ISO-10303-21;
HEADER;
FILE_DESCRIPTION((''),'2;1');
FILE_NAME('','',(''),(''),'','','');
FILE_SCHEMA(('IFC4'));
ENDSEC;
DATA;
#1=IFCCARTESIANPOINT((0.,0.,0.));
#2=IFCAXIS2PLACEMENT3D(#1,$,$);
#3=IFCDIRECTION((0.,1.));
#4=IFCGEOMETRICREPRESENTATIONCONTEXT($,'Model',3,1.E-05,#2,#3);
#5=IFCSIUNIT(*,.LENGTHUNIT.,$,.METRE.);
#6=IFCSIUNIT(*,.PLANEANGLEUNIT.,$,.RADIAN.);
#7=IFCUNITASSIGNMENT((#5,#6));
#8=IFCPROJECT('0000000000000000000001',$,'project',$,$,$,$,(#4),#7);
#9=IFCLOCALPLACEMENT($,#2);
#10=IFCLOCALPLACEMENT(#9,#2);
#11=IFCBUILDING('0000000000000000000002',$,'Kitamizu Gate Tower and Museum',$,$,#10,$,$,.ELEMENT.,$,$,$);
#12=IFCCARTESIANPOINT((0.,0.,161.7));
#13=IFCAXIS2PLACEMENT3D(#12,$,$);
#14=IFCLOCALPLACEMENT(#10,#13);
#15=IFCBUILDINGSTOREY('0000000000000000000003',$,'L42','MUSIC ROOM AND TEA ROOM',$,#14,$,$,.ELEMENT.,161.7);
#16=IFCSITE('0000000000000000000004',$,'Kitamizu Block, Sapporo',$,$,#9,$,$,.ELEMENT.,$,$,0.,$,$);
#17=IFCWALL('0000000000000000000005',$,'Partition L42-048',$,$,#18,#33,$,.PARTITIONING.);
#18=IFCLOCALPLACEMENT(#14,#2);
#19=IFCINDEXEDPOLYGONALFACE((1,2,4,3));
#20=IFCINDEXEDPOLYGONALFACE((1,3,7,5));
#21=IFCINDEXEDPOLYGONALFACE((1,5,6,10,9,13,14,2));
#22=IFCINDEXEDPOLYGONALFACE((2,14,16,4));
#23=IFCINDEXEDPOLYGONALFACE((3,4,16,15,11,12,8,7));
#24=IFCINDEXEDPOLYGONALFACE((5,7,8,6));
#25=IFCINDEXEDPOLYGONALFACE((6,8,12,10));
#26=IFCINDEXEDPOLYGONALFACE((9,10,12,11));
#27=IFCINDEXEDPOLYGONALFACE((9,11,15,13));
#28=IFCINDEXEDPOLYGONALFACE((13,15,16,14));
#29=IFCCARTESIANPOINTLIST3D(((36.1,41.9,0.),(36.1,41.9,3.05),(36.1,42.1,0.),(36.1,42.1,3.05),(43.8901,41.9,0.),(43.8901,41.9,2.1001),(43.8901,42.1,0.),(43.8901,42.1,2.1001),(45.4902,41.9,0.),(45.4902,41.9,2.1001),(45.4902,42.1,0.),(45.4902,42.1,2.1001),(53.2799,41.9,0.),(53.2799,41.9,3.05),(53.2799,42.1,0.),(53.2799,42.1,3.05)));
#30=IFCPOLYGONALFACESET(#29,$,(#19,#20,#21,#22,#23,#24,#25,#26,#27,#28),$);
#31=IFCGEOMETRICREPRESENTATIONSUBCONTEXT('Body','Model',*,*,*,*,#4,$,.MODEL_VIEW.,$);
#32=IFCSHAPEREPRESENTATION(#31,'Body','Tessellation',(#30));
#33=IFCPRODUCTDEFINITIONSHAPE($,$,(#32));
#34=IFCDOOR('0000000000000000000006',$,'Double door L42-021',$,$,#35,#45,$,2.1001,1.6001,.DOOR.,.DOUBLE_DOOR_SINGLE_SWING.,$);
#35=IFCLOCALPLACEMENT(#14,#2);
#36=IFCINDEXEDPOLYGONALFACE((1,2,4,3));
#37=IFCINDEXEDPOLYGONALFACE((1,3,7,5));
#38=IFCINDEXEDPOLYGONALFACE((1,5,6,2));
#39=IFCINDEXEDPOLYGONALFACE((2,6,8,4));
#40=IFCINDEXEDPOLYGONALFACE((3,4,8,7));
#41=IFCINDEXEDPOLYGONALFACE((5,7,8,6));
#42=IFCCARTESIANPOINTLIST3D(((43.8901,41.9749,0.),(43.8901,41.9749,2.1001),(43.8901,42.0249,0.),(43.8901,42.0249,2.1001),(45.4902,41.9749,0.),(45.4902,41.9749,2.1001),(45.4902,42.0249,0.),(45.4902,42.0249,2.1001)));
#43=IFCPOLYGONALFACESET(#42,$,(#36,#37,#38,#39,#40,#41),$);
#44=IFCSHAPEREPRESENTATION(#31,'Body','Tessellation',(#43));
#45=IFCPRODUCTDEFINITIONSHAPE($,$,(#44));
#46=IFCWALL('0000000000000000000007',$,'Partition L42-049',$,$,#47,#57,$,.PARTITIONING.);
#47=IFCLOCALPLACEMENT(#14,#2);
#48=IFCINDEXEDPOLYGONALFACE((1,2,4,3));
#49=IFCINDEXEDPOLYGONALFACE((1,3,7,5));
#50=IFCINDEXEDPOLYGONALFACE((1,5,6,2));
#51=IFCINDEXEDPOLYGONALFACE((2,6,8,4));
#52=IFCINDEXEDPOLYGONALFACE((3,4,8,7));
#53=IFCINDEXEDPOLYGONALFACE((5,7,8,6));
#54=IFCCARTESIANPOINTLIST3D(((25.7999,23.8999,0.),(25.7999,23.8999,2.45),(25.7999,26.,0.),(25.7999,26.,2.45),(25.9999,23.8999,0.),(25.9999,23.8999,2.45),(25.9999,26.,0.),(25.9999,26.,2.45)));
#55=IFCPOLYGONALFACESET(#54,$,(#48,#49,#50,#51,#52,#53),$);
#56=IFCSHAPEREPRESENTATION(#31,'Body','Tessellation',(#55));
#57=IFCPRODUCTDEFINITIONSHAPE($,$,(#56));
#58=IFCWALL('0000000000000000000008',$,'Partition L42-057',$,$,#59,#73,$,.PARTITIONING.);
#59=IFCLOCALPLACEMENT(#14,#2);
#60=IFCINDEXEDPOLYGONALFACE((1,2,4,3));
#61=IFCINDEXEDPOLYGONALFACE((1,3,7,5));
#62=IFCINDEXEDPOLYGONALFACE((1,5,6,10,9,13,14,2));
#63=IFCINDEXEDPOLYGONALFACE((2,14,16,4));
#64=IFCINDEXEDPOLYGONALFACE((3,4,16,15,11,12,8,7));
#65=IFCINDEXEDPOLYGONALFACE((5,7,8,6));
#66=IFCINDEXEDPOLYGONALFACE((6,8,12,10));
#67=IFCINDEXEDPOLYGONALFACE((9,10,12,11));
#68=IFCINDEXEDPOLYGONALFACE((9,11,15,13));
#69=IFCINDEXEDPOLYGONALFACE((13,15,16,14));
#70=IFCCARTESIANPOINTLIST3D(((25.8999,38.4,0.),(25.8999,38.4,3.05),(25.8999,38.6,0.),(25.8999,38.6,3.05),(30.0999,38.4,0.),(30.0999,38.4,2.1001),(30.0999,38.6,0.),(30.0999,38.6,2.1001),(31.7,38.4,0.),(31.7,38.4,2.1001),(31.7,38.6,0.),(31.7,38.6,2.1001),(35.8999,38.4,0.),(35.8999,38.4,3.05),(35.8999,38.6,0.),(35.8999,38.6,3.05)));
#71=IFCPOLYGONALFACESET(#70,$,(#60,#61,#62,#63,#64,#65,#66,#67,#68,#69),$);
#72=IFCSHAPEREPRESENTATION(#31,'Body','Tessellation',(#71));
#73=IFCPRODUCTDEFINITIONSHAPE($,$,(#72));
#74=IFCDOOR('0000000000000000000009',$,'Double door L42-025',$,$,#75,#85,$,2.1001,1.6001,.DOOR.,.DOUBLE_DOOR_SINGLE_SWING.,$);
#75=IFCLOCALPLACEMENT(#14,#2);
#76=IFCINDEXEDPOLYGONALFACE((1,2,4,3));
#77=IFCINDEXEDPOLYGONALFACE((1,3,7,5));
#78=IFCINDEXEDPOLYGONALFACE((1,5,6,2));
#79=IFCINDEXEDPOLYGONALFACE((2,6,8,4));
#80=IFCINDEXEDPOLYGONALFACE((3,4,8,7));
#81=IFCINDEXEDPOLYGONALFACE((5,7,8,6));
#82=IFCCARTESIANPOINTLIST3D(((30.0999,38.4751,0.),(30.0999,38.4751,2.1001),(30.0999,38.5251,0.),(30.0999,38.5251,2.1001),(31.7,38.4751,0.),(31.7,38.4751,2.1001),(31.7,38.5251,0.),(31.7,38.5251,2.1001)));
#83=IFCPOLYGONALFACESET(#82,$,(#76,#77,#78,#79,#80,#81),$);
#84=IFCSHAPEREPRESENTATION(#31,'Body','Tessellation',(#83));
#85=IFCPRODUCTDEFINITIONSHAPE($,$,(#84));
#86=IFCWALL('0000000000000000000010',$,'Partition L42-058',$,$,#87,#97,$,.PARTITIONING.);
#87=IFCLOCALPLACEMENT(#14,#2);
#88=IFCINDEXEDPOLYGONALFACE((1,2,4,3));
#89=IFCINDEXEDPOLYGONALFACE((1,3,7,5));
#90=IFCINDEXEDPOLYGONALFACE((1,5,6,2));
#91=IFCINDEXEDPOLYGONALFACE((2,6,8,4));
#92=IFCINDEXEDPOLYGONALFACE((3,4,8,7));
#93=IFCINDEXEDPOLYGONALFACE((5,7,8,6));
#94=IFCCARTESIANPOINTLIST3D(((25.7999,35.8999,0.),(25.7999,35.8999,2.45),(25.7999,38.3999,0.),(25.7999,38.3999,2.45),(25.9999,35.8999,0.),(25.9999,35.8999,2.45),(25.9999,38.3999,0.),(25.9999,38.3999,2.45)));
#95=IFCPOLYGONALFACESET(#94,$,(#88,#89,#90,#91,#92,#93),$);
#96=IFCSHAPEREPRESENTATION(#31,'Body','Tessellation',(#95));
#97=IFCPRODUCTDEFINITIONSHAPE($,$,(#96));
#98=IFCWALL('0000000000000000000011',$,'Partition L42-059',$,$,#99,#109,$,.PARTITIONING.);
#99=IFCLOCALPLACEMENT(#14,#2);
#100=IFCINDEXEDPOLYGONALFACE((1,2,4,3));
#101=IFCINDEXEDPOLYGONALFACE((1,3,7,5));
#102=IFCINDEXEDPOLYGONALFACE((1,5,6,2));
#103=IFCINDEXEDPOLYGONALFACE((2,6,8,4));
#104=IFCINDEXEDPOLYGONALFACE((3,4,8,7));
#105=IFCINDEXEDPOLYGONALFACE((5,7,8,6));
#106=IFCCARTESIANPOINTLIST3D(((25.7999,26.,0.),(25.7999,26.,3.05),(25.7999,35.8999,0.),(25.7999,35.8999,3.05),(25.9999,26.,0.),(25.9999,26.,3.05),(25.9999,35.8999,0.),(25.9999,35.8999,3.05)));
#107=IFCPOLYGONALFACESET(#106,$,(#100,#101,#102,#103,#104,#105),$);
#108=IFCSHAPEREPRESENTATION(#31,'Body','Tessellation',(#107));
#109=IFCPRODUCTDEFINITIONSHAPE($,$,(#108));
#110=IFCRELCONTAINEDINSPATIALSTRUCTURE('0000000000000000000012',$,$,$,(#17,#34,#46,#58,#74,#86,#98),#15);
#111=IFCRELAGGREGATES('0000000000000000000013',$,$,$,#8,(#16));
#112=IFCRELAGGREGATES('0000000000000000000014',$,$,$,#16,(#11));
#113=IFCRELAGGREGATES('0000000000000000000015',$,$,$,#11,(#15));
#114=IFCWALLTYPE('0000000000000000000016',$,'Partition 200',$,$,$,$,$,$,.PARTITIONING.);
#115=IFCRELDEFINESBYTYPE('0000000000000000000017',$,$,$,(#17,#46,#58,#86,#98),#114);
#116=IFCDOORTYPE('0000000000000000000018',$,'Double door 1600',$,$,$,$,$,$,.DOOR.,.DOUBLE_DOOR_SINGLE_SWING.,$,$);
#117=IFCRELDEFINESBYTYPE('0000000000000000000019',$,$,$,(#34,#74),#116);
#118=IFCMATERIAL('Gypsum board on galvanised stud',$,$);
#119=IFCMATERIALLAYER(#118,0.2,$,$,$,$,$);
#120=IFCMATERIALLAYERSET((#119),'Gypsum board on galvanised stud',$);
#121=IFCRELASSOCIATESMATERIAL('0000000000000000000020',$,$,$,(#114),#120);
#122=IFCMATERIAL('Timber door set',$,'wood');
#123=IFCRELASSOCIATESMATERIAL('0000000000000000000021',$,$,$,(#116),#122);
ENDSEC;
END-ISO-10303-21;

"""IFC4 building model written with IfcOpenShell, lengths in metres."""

from ifc_helpers import new_model, si_unit, direction, frame, frame_2d, origin, place, context, subcontext, project, spatial, rectangle, extrude, material, layer, layer_set, type_object, element, fill, save


model = new_model("IFC4")

# Units and contexts
model_context = context("Model", 3, precision=1e-05, world=origin(), true_north=direction((0.0, 1.0)))
body_context = subcontext(model_context, "Body", "Model", "MODEL_VIEW")
ifc_project = project(units=[si_unit("LENGTHUNIT", "METRE"), si_unit("PLANEANGLEUNIT", "RADIAN")], contexts=[model_context])

# Site, building, storey
site_placement = place(None, origin())
site = spatial("IfcSite", under=ifc_project, at=site_placement, Name="Kitamizu Block, Sapporo", CompositionType="ELEMENT", RefElevation=0.0)
building_placement = place(site_placement, origin())
building = spatial("IfcBuilding", under=site, at=building_placement, Name="Kitamizu Gate Tower and Museum", CompositionType="ELEMENT")
storey_placement = place(building_placement, frame((0.0, 0.0, 161.7)))
storey = spatial("IfcBuildingStorey", under=building, at=storey_placement, Name="L42", Description="MUSIC ROOM AND TEA ROOM", CompositionType="ELEMENT", Elevation=161.7)

# Shared definitions
ifc_material_1 = material(Name="Gypsum board on galvanised stud")
ifc_layer_1 = layer(ifc_material_1, 0.2)
ifc_layer_set_1 = layer_set([ifc_layer_1], Name="Gypsum board on galvanised stud")
wall_type_1 = type_object("IfcWallType", Name="Partition 200", PredefinedType="PARTITIONING", material=ifc_layer_set_1)

# Wall, opening, door
wall_1_placement = place(storey_placement, frame((36.1001, 42.0, 0.0), z_axis=(0.0, 0.0, 1.0), x_axis=(1.0, 0.0, 0.0)))
wall_1 = element("IfcWall", 1, at=wall_1_placement, inside=storey, type_object=wall_type_1, Name="Partition L42-048", PredefinedType="PARTITIONING", context=body_context, shape_type="SweptSolid", body=[
    extrude(rectangle(XDim=17.1799, YDim=0.2, at=frame_2d((8.5898, 0.0))), origin(), (0.0, 0.0, 1.0), 3.05),
])
opening_1_placement = place(wall_1_placement, frame((7.79, 0.0, 0.0)))
opening_1 = element("IfcOpeningElement", 2, at=opening_1_placement, cuts=wall_1, PredefinedType="OPENING", context=body_context, shape_type="SweptSolid", body=[
    extrude(rectangle(XDim=1.6001, YDim=2.1001, at=frame_2d((0.8, 1.05))), frame((0.0, 0.1099, 0.0), z_axis=(0.0, -1.0, 0.0), x_axis=(1.0, 0.0, 0.0)), (0.0, 0.0, 1.0), 0.22),
])
ifc_material_2 = material(Name="Timber door set", Category="wood")
door_type_1 = type_object("IfcDoorType", Name="Double door 1600", OperationType="DOUBLE_DOOR_SINGLE_SWING", PredefinedType="DOOR", material=ifc_material_2)
door_1_placement = place(opening_1_placement, origin())
door_1 = element("IfcDoor", 3, at=door_1_placement, inside=storey, type_object=door_type_1, Name="Double door L42-021", OperationType="DOUBLE_DOOR_SINGLE_SWING", OverallHeight=2.1001, OverallWidth=1.6001, PredefinedType="DOOR", context=body_context, shape_type="SweptSolid", body=[
    extrude(rectangle(XDim=1.6001, YDim=2.1001, at=frame_2d((0.8, 1.05))), frame((0.0, 0.0249, 0.0), z_axis=(0.0, -1.0, 0.0), x_axis=(1.0, 0.0, 0.0)), (0.0, 0.0, 1.0), 0.05),
])
fill(opening_1, door_1)

# Wall
wall_2_placement = place(storey_placement, frame((25.8999, 26.0, 0.0), z_axis=(0.0, 0.0, 1.0), x_axis=(0.0, -1.0, 0.0)))
element("IfcWall", 4, at=wall_2_placement, inside=storey, type_object=wall_type_1, Name="Partition L42-049", PredefinedType="PARTITIONING", context=body_context, shape_type="SweptSolid", body=[
    extrude(rectangle(XDim=2.1001, YDim=0.2, at=frame_2d((1.05, 0.0))), origin(), (0.0, 0.0, 1.0), 2.45),
])

# Wall, opening, door
wall_3_placement = place(storey_placement, frame((35.8999, 38.5, 0.0), z_axis=(0.0, 0.0, 1.0), x_axis=(-1.0, 0.0, 0.0)))
wall_3 = element("IfcWall", 5, at=wall_3_placement, inside=storey, type_object=wall_type_1, Name="Partition L42-057", PredefinedType="PARTITIONING", context=body_context, shape_type="SweptSolid", body=[
    extrude(rectangle(XDim=10.0, YDim=0.2, at=frame_2d((5.0, 0.0))), origin(), (0.0, 0.0, 1.0), 3.05),
])
opening_2_placement = place(wall_3_placement, frame((4.2, 0.0, 0.0)))
opening_2 = element("IfcOpeningElement", 6, at=opening_2_placement, cuts=wall_3, PredefinedType="OPENING", context=body_context, shape_type="SweptSolid", body=[
    extrude(rectangle(XDim=1.6001, YDim=2.1001, at=frame_2d((0.8, 1.05))), frame((0.0, 0.1099, 0.0), z_axis=(0.0, -1.0, 0.0), x_axis=(1.0, 0.0, 0.0)), (0.0, 0.0, 1.0), 0.22),
])
door_2_placement = place(opening_2_placement, origin())
door_2 = element("IfcDoor", 7, at=door_2_placement, inside=storey, type_object=door_type_1, Name="Double door L42-025", OperationType="DOUBLE_DOOR_SINGLE_SWING", OverallHeight=2.1001, OverallWidth=1.6001, PredefinedType="DOOR", context=body_context, shape_type="SweptSolid", body=[
    extrude(rectangle(XDim=1.6001, YDim=2.1001, at=frame_2d((0.8, 1.05))), frame((0.0, 0.0249, 0.0), z_axis=(0.0, -1.0, 0.0), x_axis=(1.0, 0.0, 0.0)), (0.0, 0.0, 1.0), 0.05),
])
fill(opening_2, door_2)

# Walls
wall_4_placement = place(storey_placement, frame((25.8999, 38.3999, 0.0), z_axis=(0.0, 0.0, 1.0), x_axis=(0.0, -1.0, 0.0)))
element("IfcWall", 8, at=wall_4_placement, inside=storey, type_object=wall_type_1, Name="Partition L42-058", PredefinedType="PARTITIONING", context=body_context, shape_type="SweptSolid", body=[
    extrude(rectangle(XDim=2.5, YDim=0.2, at=frame_2d((1.25, 0.0))), origin(), (0.0, 0.0, 1.0), 2.45),
])
wall_5_placement = place(storey_placement, frame((25.8999, 35.8999, 0.0), z_axis=(0.0, 0.0, 1.0), x_axis=(0.0, -1.0, 0.0)))
element("IfcWall", 9, at=wall_5_placement, inside=storey, type_object=wall_type_1, Name="Partition L42-059", PredefinedType="PARTITIONING", context=body_context, shape_type="SweptSolid", body=[
    extrude(rectangle(XDim=9.8999, YDim=0.2, at=frame_2d((4.95, 0.0))), origin(), (0.0, 0.0, 1.0), 3.05),
])

save(model, "model.ifc")
